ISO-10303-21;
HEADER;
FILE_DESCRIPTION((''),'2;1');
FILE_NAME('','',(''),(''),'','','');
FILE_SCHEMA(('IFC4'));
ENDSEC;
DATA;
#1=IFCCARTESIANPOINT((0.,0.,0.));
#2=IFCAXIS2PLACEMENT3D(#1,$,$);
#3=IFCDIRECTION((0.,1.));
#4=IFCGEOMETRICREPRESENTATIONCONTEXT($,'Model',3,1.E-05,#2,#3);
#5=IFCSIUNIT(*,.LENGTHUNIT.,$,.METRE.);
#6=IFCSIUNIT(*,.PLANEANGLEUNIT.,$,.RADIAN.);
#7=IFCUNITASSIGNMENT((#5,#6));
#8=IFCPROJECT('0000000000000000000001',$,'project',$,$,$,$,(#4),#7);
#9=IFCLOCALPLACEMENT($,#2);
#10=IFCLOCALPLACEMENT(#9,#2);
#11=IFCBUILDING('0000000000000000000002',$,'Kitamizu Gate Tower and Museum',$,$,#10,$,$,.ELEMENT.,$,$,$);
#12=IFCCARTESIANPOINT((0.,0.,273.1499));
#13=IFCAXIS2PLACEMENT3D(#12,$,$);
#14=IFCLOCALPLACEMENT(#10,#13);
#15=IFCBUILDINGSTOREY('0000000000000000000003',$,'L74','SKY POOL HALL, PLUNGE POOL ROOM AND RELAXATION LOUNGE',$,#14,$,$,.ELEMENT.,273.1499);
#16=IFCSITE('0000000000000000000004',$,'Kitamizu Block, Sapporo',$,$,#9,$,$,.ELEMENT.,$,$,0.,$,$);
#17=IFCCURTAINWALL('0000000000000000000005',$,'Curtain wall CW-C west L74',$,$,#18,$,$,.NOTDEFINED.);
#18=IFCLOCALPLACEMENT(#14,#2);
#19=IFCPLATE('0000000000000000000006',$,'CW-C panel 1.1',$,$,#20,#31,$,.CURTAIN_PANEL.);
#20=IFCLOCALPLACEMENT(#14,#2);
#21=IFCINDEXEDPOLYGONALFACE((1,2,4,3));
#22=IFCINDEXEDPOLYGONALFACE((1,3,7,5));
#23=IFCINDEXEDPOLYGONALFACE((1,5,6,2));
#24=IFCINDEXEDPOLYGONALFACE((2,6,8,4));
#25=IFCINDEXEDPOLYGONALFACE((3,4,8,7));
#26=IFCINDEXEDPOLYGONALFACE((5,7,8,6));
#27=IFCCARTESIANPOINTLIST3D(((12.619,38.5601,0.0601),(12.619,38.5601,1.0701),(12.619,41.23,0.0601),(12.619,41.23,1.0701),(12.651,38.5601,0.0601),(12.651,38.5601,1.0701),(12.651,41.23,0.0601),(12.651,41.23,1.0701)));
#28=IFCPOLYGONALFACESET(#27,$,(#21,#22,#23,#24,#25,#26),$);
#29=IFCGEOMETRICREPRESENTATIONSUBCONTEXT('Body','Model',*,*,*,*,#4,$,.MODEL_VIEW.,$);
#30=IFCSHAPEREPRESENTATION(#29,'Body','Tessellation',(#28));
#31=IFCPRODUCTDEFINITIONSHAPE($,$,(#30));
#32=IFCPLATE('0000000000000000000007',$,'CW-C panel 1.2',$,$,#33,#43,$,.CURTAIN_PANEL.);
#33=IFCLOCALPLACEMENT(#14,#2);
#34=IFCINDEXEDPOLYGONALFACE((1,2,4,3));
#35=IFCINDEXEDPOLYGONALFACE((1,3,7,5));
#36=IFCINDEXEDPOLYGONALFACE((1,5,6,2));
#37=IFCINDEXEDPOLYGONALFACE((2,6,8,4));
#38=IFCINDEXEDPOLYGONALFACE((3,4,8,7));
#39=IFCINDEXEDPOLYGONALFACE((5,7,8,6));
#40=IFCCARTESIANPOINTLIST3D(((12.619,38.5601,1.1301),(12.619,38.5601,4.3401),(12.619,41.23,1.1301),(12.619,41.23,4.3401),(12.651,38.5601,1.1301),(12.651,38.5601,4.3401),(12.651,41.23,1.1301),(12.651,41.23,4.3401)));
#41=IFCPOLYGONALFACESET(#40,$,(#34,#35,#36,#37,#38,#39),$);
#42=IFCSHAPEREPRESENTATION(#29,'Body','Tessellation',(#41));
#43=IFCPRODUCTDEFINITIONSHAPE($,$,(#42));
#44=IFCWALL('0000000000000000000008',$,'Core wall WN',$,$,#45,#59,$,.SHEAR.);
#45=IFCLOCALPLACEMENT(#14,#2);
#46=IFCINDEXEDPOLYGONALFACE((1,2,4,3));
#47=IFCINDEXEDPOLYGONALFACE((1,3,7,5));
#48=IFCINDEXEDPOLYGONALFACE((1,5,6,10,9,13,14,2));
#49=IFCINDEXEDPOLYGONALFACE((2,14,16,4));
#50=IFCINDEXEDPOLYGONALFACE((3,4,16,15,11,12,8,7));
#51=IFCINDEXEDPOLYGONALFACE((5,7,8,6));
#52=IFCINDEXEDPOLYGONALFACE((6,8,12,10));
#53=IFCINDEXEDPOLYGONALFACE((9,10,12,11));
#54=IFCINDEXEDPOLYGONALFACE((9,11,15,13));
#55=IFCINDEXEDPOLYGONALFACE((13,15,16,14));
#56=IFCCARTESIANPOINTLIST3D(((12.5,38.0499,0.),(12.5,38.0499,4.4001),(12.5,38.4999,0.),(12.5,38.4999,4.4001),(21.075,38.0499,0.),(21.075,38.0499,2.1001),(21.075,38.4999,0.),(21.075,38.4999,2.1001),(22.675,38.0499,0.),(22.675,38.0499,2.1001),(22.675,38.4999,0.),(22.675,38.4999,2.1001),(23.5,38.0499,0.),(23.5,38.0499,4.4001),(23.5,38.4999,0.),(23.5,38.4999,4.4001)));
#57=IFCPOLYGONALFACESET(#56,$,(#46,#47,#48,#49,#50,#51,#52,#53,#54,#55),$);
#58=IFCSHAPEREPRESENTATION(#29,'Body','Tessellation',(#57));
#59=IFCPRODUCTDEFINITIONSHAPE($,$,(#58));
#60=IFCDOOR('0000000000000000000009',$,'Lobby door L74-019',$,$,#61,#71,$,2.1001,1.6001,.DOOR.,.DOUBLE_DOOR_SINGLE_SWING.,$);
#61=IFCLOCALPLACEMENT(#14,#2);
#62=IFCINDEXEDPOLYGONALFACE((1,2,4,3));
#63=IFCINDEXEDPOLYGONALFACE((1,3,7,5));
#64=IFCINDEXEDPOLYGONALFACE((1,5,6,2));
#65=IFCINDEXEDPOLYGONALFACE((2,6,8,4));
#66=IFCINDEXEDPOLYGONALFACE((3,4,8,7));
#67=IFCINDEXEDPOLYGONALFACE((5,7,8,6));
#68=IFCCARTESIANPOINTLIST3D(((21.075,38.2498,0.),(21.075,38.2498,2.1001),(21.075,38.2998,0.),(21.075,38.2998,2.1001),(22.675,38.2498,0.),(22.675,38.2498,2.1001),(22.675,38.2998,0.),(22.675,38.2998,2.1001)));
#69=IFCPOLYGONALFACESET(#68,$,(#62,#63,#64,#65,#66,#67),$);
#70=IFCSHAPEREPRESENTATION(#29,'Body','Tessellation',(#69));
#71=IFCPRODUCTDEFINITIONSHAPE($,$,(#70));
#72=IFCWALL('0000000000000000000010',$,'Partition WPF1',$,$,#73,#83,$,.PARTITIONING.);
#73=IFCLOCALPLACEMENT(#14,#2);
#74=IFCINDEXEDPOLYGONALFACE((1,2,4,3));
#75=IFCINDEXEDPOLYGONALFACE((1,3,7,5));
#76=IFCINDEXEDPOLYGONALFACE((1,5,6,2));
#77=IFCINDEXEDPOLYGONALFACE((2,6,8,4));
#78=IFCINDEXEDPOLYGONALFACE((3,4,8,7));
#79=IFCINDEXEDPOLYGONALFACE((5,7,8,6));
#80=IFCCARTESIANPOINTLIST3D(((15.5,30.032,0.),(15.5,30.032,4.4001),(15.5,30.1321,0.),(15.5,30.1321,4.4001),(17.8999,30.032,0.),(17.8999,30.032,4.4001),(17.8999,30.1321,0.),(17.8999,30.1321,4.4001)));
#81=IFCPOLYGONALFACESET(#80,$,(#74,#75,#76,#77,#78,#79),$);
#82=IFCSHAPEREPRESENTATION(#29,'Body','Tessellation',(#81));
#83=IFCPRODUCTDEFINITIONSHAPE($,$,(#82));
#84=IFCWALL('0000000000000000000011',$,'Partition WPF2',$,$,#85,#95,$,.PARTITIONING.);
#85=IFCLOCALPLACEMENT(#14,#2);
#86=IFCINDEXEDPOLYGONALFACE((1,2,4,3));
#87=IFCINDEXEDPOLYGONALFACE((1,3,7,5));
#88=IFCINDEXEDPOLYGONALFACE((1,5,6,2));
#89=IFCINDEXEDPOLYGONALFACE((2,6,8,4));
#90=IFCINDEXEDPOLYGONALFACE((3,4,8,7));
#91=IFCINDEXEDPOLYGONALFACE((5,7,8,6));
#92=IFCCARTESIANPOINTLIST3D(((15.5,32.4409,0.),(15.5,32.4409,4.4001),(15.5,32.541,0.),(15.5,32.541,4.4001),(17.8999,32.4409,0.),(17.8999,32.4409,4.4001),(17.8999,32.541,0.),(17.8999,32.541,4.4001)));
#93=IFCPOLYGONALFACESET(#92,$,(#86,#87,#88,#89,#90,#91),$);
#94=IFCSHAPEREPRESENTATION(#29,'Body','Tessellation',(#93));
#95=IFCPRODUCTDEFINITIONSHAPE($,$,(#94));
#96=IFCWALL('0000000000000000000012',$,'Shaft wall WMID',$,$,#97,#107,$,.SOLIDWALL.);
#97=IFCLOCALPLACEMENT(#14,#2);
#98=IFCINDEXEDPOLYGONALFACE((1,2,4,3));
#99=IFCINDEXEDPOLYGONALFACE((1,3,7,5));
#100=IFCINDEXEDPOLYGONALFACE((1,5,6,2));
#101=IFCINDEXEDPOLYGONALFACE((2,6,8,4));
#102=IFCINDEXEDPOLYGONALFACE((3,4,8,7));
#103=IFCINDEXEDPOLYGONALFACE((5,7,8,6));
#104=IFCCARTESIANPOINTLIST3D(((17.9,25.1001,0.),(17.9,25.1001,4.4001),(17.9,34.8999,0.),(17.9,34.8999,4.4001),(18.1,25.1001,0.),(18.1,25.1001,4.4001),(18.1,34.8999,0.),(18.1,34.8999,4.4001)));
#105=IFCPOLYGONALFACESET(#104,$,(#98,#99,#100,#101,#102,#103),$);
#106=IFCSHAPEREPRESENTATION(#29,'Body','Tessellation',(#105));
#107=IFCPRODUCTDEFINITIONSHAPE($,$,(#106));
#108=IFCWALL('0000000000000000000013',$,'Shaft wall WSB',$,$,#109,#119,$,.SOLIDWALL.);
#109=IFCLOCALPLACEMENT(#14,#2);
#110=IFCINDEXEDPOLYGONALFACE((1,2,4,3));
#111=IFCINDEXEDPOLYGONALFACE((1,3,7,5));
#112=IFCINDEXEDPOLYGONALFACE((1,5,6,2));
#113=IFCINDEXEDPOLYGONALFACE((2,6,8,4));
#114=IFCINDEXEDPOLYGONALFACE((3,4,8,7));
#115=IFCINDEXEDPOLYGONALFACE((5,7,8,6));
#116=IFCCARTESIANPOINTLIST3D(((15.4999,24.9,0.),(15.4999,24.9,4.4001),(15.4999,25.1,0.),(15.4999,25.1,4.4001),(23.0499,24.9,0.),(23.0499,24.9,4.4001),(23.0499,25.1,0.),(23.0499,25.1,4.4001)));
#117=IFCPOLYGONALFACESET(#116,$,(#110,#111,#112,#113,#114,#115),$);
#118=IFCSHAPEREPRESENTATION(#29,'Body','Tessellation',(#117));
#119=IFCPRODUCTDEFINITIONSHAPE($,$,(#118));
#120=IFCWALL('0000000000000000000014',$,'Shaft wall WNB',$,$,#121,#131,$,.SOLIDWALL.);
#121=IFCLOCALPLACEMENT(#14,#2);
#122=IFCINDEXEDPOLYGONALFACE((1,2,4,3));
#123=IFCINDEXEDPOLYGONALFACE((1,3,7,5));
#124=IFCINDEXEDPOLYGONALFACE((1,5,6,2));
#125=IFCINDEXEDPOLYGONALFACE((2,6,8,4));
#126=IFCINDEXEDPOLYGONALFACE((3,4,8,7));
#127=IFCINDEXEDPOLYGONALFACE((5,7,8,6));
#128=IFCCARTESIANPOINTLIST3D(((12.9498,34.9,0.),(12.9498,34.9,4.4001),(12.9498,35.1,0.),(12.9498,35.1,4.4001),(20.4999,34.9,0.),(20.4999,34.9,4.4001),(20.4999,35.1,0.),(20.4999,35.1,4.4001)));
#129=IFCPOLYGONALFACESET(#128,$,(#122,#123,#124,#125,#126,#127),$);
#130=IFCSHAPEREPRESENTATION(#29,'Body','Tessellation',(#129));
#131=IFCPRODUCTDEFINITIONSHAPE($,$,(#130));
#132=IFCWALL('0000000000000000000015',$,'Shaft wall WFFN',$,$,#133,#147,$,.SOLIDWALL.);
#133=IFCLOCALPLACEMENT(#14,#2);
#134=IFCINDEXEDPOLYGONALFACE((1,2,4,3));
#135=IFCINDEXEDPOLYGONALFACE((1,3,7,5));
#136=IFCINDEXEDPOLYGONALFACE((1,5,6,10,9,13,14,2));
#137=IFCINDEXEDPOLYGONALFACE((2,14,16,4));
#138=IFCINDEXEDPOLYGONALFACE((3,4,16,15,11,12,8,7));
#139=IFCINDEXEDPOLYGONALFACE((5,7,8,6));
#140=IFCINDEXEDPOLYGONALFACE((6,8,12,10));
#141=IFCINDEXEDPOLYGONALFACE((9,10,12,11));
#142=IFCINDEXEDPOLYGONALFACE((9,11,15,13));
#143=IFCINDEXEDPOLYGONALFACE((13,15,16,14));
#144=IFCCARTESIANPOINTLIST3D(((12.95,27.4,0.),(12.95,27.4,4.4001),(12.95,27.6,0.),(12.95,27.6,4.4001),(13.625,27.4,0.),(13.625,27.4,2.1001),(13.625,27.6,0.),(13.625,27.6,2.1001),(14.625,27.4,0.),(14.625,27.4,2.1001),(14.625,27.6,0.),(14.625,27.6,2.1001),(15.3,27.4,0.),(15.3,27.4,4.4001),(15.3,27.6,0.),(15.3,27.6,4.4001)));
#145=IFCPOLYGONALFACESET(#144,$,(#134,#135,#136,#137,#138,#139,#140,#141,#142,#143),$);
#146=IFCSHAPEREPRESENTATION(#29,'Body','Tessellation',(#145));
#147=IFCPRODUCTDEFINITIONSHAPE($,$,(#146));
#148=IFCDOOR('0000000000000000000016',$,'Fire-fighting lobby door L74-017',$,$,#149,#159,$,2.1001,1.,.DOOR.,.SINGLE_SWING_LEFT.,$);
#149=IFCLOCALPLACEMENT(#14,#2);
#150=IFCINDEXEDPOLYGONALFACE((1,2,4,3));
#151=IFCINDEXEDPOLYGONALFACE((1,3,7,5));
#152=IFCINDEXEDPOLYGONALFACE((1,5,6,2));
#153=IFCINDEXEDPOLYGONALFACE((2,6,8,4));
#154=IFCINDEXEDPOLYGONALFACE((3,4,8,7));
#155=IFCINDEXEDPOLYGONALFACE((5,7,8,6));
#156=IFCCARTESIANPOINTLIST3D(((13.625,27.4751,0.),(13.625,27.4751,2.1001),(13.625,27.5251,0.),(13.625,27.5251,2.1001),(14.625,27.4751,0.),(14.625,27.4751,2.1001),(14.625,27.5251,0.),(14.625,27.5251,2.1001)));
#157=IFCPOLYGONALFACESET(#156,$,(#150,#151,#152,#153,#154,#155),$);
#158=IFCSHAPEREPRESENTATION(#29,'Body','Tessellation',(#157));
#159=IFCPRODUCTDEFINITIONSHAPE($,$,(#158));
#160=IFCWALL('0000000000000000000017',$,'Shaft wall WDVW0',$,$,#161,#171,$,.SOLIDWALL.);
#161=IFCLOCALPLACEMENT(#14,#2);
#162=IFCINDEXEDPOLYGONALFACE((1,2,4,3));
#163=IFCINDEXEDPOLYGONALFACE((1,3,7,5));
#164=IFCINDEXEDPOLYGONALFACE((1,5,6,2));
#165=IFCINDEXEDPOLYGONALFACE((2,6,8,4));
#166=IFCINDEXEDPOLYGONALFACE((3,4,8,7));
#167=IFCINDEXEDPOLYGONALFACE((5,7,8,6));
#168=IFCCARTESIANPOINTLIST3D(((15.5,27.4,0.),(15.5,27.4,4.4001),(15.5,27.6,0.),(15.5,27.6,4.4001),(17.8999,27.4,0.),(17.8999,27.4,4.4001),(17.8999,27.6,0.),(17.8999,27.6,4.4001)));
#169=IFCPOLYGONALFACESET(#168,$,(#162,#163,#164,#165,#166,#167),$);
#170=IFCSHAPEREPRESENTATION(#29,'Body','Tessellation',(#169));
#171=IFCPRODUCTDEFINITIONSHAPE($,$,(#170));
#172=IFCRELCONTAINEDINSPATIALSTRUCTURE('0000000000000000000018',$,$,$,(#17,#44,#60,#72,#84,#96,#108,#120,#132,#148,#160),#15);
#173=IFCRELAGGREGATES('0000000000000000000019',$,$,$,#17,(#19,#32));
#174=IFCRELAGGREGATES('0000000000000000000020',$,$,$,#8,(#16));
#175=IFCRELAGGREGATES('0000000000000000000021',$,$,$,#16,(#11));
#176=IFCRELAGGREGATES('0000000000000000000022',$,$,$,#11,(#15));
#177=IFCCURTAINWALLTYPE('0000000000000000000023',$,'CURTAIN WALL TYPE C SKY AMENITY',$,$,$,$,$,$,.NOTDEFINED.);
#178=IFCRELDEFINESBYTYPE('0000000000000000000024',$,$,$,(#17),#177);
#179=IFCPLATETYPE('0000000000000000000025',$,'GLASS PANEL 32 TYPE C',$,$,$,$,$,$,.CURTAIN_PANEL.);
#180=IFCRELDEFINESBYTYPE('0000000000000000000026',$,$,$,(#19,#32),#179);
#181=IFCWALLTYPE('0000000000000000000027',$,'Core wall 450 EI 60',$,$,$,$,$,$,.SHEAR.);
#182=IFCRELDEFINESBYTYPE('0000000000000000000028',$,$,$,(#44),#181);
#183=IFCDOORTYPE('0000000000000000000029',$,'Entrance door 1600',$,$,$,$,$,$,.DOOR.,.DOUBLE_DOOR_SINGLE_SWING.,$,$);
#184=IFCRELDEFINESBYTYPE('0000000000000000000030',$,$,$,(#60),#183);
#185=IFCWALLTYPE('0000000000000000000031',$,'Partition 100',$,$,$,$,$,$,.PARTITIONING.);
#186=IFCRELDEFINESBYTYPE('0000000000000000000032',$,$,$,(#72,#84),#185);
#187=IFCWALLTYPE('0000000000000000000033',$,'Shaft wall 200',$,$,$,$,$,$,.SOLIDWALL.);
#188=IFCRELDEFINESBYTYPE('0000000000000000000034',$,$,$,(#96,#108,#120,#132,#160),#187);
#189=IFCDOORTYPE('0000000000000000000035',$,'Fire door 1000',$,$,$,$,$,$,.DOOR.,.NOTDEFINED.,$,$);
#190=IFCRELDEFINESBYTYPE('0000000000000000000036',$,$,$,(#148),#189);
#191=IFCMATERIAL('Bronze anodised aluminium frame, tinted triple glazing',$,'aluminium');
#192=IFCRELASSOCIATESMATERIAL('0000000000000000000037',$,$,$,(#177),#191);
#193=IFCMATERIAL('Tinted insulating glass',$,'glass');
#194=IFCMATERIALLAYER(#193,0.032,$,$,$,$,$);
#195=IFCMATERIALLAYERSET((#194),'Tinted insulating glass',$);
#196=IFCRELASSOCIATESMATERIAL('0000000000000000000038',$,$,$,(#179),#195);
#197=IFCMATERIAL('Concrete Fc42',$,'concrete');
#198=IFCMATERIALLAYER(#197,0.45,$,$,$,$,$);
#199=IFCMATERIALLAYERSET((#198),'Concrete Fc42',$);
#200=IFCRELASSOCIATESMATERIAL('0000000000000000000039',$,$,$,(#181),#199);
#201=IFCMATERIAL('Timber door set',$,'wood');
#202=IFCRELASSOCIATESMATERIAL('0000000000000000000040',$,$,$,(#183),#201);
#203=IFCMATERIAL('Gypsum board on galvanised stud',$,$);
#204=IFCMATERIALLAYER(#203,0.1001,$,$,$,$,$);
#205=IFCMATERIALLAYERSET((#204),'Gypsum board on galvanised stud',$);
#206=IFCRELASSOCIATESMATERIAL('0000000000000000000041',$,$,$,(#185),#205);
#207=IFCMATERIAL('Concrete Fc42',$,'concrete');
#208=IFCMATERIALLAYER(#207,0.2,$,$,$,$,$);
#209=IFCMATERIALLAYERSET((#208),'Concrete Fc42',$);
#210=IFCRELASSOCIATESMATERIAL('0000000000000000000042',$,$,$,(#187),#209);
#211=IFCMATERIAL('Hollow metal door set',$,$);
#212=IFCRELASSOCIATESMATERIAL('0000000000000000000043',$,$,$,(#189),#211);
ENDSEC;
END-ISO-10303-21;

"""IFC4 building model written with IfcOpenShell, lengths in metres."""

from ifc_helpers import new_model, si_unit, direction, frame, frame_2d, origin, origin_2d, place, context, subcontext, project, spatial, rectangle, extrude, material, layer, layer_set, type_object, element, fill, aggregate, save


model = new_model("IFC4")

# Units and contexts
model_context = context("Model", 3, precision=1e-05, world=origin(), true_north=direction((0.0, 1.0)))
body_context = subcontext(model_context, "Body", "Model", "MODEL_VIEW")
ifc_project = project(units=[si_unit("LENGTHUNIT", "METRE"), si_unit("PLANEANGLEUNIT", "RADIAN")], contexts=[model_context])

# Site, building, storey
site_placement = place(None, origin())
site = spatial("IfcSite", under=ifc_project, at=site_placement, Name="Kitamizu Block, Sapporo", CompositionType="ELEMENT", RefElevation=0.0)
building_placement = place(site_placement, origin())
building = spatial("IfcBuilding", under=site, at=building_placement, Name="Kitamizu Gate Tower and Museum", CompositionType="ELEMENT")
storey_placement = place(building_placement, frame((0.0, 0.0, 273.1499)))
storey = spatial("IfcBuildingStorey", under=building, at=storey_placement, Name="L74", Description="SKY POOL HALL, PLUNGE POOL ROOM AND RELAXATION LOUNGE", CompositionType="ELEMENT", Elevation=273.1499)

# Curtain wall
ifc_material_1 = material(Name="Bronze anodised aluminium frame, tinted triple glazing", Category="aluminium")
curtain_wall_type = type_object("IfcCurtainWallType", Name="CURTAIN WALL TYPE C SKY AMENITY", PredefinedType="NOTDEFINED", material=ifc_material_1)
curtain_wall_1_placement = place(storey_placement, origin())
curtain_wall_1 = element("IfcCurtainWall", 1, at=curtain_wall_1_placement, inside=storey, type_object=curtain_wall_type, Name="Curtain wall CW-C west L74", PredefinedType="NOTDEFINED")

# Plates
ifc_material_2 = material(Name="Tinted insulating glass", Category="glass")
ifc_layer_1 = layer(ifc_material_2, 0.032)
ifc_layer_set_1 = layer_set([ifc_layer_1], Name="Tinted insulating glass")
plate_type = type_object("IfcPlateType", Name="GLASS PANEL 32 TYPE C", PredefinedType="CURTAIN_PANEL", material=ifc_layer_set_1)
plate_1_placement = place(storey_placement, frame((12.635, 39.895, 0.0601), z_axis=(0.0, 0.0, 1.0), x_axis=(0.0, 1.0, 0.0)))
plate_1 = element("IfcPlate", 2, at=plate_1_placement, type_object=plate_type, Name="CW-C panel 1.1", PredefinedType="CURTAIN_PANEL", context=body_context, shape_type="SweptSolid", body=[
    extrude(rectangle(XDim=2.6699, YDim=0.032, at=origin_2d()), origin(), (0.0, 0.0, 1.0), 1.01),
])
plate_2_placement = place(storey_placement, frame((12.635, 39.895, 1.1301), z_axis=(0.0, 0.0, 1.0), x_axis=(0.0, 1.0, 0.0)))
plate_2 = element("IfcPlate", 3, at=plate_2_placement, type_object=plate_type, Name="CW-C panel 1.2", PredefinedType="CURTAIN_PANEL", context=body_context, shape_type="SweptSolid", body=[
    extrude(rectangle(XDim=2.6699, YDim=0.032, at=origin_2d()), origin(), (0.0, 0.0, 1.0), 3.21),
])
aggregate(curtain_wall_1, [plate_1, plate_2])

# Wall, opening, door
ifc_material_3 = material(Name="Concrete Fc42", Category="concrete")
ifc_layer_2 = layer(ifc_material_3, 0.45)
ifc_layer_set_2 = layer_set([ifc_layer_2], Name="Concrete Fc42")
wall_type_1 = type_object("IfcWallType", Name="Core wall 450 EI 60", PredefinedType="SHEAR", material=ifc_layer_set_2)
wall_1_placement = place(storey_placement, frame((12.5, 38.2749, 0.0), z_axis=(0.0, 0.0, 1.0), x_axis=(1.0, 0.0, 0.0)))
wall_1 = element("IfcWall", 4, at=wall_1_placement, inside=storey, type_object=wall_type_1, Name="Core wall WN", PredefinedType="SHEAR", context=body_context, shape_type="SweptSolid", body=[
    extrude(rectangle(XDim=11.0, YDim=0.45, at=frame_2d((5.5, 0.0))), origin(), (0.0, 0.0, 1.0), 4.4001),
])
opening_1_placement = place(wall_1_placement, frame((8.575, 0.0, 0.0)))
opening_1 = element("IfcOpeningElement", 5, at=opening_1_placement, cuts=wall_1, PredefinedType="OPENING", context=body_context, shape_type="SweptSolid", body=[
    extrude(rectangle(XDim=1.6001, YDim=2.1001, at=frame_2d((0.8, 1.05))), frame((0.0, 0.2349, 0.0), z_axis=(0.0, -1.0, 0.0), x_axis=(1.0, 0.0, 0.0)), (0.0, 0.0, 1.0), 0.47),
])
ifc_material_4 = material(Name="Timber door set", Category="wood")
door_type_1 = type_object("IfcDoorType", Name="Entrance door 1600", OperationType="DOUBLE_DOOR_SINGLE_SWING", PredefinedType="DOOR", material=ifc_material_4)
door_1_placement = place(opening_1_placement, origin())
door_1 = element("IfcDoor", 6, at=door_1_placement, inside=storey, type_object=door_type_1, Name="Lobby door L74-019", OperationType="DOUBLE_DOOR_SINGLE_SWING", OverallHeight=2.1001, OverallWidth=1.6001, PredefinedType="DOOR", context=body_context, shape_type="SweptSolid", body=[
    extrude(rectangle(XDim=1.6001, YDim=2.1001, at=frame_2d((0.8, 1.05))), frame((0.0, 0.0249, 0.0), z_axis=(0.0, -1.0, 0.0), x_axis=(1.0, 0.0, 0.0)), (0.0, 0.0, 1.0), 0.05),
])
fill(opening_1, door_1)

# Walls
ifc_material_5 = material(Name="Gypsum board on galvanised stud")
ifc_layer_3 = layer(ifc_material_5, 0.1001)
ifc_layer_set_3 = layer_set([ifc_layer_3], Name="Gypsum board on galvanised stud")
wall_type_2 = type_object("IfcWallType", Name="Partition 100", PredefinedType="PARTITIONING", material=ifc_layer_set_3)
for number, where, z_axis, x_axis, name in (
    (7, (15.5, 30.082, 0.0), (0.0, 0.0, 1.0), (1.0, 0.0, 0.0), "Partition WPF1"),
    (8, (15.5, 32.491, 0.0), (0.0, 0.0, 1.0), (1.0, 0.0, 0.0), "Partition WPF2"),
):
    element("IfcWall", number, at=place(storey_placement, frame(where, z_axis=z_axis, x_axis=x_axis)), inside=storey, type_object=wall_type_2, Name=name, PredefinedType="PARTITIONING", context=body_context, shape_type="SweptSolid", body=[
        extrude(rectangle(XDim=2.3999, YDim=0.1001, at=frame_2d((1.2, 0.0))), origin(), (0.0, 0.0, 1.0), 4.4001),
    ])
ifc_material_6 = material(Name="Concrete Fc42", Category="concrete")
ifc_layer_4 = layer(ifc_material_6, 0.2)
ifc_layer_set_4 = layer_set([ifc_layer_4], Name="Concrete Fc42")
wall_type_3 = type_object("IfcWallType", Name="Shaft wall 200", PredefinedType="SOLIDWALL", material=ifc_layer_set_4)
wall_2_placement = place(storey_placement, frame((18.0, 25.1001, 0.0), z_axis=(0.0, 0.0, 1.0), x_axis=(0.0, 1.0, 0.0)))
element("IfcWall", 9, at=wall_2_placement, inside=storey, type_object=wall_type_3, Name="Shaft wall WMID", PredefinedType="SOLIDWALL", context=body_context, shape_type="SweptSolid", body=[
    extrude(rectangle(XDim=9.7998, YDim=0.2, at=frame_2d((4.8999, 0.0))), origin(), (0.0, 0.0, 1.0), 4.4001),
])
for number, where, z_axis, x_axis, name in (
    (10, (15.5, 25.0, 0.0), (0.0, 0.0, 1.0), (1.0, 0.0, 0.0), "Shaft wall WSB"),
    (11, (12.95, 35.0, 0.0), (0.0, 0.0, 1.0), (1.0, 0.0, 0.0), "Shaft wall WNB"),
):
    element("IfcWall", number, at=place(storey_placement, frame(where, z_axis=z_axis, x_axis=x_axis)), inside=storey, type_object=wall_type_3, Name=name, PredefinedType="SOLIDWALL", context=body_context, shape_type="SweptSolid", body=[
        extrude(rectangle(XDim=7.55, YDim=0.2, at=frame_2d((3.7749, 0.0))), origin(), (0.0, 0.0, 1.0), 4.4001),
    ])

# Wall, opening, door
wall_3_placement = place(storey_placement, frame((12.95, 27.5, 0.0), z_axis=(0.0, 0.0, 1.0), x_axis=(1.0, 0.0, 0.0)))
wall_3 = element("IfcWall", 12, at=wall_3_placement, inside=storey, type_object=wall_type_3, Name="Shaft wall WFFN", PredefinedType="SOLIDWALL", context=body_context, shape_type="SweptSolid", body=[
    extrude(rectangle(XDim=2.3501, YDim=0.2, at=frame_2d((1.175, 0.0))), origin(), (0.0, 0.0, 1.0), 4.4001),
])
opening_2_placement = place(wall_3_placement, frame((0.675, 0.0, 0.0)))
opening_2 = element("IfcOpeningElement", 13, at=opening_2_placement, cuts=wall_3, PredefinedType="OPENING", context=body_context, shape_type="SweptSolid", body=[
    extrude(rectangle(XDim=1.0, YDim=2.1001, at=frame_2d((0.5, 1.05))), frame((0.0, 0.1099, 0.0), z_axis=(0.0, -1.0, 0.0), x_axis=(1.0, 0.0, 0.0)), (0.0, 0.0, 1.0), 0.22),
])
ifc_material_7 = material(Name="Hollow metal door set")
door_type_2 = type_object("IfcDoorType", Name="Fire door 1000", OperationType="NOTDEFINED", PredefinedType="DOOR", material=ifc_material_7)
door_2_placement = place(opening_2_placement, frame((1.0, 0.0, 0.0), x_axis=(-1.0, 0.0, 0.0)))
door_2 = element("IfcDoor", 14, at=door_2_placement, inside=storey, type_object=door_type_2, Name="Fire-fighting lobby door L74-017", OperationType="SINGLE_SWING_LEFT", OverallHeight=2.1001, OverallWidth=1.0, PredefinedType="DOOR", context=body_context, shape_type="SweptSolid", body=[
    extrude(rectangle(XDim=1.0, YDim=2.1001, at=frame_2d((0.5, 1.05))), frame((0.0, 0.0249, 0.0), z_axis=(0.0, -1.0, 0.0), x_axis=(1.0, 0.0, 0.0)), (0.0, 0.0, 1.0), 0.05),
])
fill(opening_2, door_2)

# Wall
wall_4_placement = place(storey_placement, frame((15.5, 27.5, 0.0), z_axis=(0.0, 0.0, 1.0), x_axis=(1.0, 0.0, 0.0)))
element("IfcWall", 15, at=wall_4_placement, inside=storey, type_object=wall_type_3, Name="Shaft wall WDVW0", PredefinedType="SOLIDWALL", context=body_context, shape_type="SweptSolid", body=[
    extrude(rectangle(XDim=2.3999, YDim=0.2, at=frame_2d((1.2, 0.0))), origin(), (0.0, 0.0, 1.0), 4.4001),
])

save(model, "model.ifc")
